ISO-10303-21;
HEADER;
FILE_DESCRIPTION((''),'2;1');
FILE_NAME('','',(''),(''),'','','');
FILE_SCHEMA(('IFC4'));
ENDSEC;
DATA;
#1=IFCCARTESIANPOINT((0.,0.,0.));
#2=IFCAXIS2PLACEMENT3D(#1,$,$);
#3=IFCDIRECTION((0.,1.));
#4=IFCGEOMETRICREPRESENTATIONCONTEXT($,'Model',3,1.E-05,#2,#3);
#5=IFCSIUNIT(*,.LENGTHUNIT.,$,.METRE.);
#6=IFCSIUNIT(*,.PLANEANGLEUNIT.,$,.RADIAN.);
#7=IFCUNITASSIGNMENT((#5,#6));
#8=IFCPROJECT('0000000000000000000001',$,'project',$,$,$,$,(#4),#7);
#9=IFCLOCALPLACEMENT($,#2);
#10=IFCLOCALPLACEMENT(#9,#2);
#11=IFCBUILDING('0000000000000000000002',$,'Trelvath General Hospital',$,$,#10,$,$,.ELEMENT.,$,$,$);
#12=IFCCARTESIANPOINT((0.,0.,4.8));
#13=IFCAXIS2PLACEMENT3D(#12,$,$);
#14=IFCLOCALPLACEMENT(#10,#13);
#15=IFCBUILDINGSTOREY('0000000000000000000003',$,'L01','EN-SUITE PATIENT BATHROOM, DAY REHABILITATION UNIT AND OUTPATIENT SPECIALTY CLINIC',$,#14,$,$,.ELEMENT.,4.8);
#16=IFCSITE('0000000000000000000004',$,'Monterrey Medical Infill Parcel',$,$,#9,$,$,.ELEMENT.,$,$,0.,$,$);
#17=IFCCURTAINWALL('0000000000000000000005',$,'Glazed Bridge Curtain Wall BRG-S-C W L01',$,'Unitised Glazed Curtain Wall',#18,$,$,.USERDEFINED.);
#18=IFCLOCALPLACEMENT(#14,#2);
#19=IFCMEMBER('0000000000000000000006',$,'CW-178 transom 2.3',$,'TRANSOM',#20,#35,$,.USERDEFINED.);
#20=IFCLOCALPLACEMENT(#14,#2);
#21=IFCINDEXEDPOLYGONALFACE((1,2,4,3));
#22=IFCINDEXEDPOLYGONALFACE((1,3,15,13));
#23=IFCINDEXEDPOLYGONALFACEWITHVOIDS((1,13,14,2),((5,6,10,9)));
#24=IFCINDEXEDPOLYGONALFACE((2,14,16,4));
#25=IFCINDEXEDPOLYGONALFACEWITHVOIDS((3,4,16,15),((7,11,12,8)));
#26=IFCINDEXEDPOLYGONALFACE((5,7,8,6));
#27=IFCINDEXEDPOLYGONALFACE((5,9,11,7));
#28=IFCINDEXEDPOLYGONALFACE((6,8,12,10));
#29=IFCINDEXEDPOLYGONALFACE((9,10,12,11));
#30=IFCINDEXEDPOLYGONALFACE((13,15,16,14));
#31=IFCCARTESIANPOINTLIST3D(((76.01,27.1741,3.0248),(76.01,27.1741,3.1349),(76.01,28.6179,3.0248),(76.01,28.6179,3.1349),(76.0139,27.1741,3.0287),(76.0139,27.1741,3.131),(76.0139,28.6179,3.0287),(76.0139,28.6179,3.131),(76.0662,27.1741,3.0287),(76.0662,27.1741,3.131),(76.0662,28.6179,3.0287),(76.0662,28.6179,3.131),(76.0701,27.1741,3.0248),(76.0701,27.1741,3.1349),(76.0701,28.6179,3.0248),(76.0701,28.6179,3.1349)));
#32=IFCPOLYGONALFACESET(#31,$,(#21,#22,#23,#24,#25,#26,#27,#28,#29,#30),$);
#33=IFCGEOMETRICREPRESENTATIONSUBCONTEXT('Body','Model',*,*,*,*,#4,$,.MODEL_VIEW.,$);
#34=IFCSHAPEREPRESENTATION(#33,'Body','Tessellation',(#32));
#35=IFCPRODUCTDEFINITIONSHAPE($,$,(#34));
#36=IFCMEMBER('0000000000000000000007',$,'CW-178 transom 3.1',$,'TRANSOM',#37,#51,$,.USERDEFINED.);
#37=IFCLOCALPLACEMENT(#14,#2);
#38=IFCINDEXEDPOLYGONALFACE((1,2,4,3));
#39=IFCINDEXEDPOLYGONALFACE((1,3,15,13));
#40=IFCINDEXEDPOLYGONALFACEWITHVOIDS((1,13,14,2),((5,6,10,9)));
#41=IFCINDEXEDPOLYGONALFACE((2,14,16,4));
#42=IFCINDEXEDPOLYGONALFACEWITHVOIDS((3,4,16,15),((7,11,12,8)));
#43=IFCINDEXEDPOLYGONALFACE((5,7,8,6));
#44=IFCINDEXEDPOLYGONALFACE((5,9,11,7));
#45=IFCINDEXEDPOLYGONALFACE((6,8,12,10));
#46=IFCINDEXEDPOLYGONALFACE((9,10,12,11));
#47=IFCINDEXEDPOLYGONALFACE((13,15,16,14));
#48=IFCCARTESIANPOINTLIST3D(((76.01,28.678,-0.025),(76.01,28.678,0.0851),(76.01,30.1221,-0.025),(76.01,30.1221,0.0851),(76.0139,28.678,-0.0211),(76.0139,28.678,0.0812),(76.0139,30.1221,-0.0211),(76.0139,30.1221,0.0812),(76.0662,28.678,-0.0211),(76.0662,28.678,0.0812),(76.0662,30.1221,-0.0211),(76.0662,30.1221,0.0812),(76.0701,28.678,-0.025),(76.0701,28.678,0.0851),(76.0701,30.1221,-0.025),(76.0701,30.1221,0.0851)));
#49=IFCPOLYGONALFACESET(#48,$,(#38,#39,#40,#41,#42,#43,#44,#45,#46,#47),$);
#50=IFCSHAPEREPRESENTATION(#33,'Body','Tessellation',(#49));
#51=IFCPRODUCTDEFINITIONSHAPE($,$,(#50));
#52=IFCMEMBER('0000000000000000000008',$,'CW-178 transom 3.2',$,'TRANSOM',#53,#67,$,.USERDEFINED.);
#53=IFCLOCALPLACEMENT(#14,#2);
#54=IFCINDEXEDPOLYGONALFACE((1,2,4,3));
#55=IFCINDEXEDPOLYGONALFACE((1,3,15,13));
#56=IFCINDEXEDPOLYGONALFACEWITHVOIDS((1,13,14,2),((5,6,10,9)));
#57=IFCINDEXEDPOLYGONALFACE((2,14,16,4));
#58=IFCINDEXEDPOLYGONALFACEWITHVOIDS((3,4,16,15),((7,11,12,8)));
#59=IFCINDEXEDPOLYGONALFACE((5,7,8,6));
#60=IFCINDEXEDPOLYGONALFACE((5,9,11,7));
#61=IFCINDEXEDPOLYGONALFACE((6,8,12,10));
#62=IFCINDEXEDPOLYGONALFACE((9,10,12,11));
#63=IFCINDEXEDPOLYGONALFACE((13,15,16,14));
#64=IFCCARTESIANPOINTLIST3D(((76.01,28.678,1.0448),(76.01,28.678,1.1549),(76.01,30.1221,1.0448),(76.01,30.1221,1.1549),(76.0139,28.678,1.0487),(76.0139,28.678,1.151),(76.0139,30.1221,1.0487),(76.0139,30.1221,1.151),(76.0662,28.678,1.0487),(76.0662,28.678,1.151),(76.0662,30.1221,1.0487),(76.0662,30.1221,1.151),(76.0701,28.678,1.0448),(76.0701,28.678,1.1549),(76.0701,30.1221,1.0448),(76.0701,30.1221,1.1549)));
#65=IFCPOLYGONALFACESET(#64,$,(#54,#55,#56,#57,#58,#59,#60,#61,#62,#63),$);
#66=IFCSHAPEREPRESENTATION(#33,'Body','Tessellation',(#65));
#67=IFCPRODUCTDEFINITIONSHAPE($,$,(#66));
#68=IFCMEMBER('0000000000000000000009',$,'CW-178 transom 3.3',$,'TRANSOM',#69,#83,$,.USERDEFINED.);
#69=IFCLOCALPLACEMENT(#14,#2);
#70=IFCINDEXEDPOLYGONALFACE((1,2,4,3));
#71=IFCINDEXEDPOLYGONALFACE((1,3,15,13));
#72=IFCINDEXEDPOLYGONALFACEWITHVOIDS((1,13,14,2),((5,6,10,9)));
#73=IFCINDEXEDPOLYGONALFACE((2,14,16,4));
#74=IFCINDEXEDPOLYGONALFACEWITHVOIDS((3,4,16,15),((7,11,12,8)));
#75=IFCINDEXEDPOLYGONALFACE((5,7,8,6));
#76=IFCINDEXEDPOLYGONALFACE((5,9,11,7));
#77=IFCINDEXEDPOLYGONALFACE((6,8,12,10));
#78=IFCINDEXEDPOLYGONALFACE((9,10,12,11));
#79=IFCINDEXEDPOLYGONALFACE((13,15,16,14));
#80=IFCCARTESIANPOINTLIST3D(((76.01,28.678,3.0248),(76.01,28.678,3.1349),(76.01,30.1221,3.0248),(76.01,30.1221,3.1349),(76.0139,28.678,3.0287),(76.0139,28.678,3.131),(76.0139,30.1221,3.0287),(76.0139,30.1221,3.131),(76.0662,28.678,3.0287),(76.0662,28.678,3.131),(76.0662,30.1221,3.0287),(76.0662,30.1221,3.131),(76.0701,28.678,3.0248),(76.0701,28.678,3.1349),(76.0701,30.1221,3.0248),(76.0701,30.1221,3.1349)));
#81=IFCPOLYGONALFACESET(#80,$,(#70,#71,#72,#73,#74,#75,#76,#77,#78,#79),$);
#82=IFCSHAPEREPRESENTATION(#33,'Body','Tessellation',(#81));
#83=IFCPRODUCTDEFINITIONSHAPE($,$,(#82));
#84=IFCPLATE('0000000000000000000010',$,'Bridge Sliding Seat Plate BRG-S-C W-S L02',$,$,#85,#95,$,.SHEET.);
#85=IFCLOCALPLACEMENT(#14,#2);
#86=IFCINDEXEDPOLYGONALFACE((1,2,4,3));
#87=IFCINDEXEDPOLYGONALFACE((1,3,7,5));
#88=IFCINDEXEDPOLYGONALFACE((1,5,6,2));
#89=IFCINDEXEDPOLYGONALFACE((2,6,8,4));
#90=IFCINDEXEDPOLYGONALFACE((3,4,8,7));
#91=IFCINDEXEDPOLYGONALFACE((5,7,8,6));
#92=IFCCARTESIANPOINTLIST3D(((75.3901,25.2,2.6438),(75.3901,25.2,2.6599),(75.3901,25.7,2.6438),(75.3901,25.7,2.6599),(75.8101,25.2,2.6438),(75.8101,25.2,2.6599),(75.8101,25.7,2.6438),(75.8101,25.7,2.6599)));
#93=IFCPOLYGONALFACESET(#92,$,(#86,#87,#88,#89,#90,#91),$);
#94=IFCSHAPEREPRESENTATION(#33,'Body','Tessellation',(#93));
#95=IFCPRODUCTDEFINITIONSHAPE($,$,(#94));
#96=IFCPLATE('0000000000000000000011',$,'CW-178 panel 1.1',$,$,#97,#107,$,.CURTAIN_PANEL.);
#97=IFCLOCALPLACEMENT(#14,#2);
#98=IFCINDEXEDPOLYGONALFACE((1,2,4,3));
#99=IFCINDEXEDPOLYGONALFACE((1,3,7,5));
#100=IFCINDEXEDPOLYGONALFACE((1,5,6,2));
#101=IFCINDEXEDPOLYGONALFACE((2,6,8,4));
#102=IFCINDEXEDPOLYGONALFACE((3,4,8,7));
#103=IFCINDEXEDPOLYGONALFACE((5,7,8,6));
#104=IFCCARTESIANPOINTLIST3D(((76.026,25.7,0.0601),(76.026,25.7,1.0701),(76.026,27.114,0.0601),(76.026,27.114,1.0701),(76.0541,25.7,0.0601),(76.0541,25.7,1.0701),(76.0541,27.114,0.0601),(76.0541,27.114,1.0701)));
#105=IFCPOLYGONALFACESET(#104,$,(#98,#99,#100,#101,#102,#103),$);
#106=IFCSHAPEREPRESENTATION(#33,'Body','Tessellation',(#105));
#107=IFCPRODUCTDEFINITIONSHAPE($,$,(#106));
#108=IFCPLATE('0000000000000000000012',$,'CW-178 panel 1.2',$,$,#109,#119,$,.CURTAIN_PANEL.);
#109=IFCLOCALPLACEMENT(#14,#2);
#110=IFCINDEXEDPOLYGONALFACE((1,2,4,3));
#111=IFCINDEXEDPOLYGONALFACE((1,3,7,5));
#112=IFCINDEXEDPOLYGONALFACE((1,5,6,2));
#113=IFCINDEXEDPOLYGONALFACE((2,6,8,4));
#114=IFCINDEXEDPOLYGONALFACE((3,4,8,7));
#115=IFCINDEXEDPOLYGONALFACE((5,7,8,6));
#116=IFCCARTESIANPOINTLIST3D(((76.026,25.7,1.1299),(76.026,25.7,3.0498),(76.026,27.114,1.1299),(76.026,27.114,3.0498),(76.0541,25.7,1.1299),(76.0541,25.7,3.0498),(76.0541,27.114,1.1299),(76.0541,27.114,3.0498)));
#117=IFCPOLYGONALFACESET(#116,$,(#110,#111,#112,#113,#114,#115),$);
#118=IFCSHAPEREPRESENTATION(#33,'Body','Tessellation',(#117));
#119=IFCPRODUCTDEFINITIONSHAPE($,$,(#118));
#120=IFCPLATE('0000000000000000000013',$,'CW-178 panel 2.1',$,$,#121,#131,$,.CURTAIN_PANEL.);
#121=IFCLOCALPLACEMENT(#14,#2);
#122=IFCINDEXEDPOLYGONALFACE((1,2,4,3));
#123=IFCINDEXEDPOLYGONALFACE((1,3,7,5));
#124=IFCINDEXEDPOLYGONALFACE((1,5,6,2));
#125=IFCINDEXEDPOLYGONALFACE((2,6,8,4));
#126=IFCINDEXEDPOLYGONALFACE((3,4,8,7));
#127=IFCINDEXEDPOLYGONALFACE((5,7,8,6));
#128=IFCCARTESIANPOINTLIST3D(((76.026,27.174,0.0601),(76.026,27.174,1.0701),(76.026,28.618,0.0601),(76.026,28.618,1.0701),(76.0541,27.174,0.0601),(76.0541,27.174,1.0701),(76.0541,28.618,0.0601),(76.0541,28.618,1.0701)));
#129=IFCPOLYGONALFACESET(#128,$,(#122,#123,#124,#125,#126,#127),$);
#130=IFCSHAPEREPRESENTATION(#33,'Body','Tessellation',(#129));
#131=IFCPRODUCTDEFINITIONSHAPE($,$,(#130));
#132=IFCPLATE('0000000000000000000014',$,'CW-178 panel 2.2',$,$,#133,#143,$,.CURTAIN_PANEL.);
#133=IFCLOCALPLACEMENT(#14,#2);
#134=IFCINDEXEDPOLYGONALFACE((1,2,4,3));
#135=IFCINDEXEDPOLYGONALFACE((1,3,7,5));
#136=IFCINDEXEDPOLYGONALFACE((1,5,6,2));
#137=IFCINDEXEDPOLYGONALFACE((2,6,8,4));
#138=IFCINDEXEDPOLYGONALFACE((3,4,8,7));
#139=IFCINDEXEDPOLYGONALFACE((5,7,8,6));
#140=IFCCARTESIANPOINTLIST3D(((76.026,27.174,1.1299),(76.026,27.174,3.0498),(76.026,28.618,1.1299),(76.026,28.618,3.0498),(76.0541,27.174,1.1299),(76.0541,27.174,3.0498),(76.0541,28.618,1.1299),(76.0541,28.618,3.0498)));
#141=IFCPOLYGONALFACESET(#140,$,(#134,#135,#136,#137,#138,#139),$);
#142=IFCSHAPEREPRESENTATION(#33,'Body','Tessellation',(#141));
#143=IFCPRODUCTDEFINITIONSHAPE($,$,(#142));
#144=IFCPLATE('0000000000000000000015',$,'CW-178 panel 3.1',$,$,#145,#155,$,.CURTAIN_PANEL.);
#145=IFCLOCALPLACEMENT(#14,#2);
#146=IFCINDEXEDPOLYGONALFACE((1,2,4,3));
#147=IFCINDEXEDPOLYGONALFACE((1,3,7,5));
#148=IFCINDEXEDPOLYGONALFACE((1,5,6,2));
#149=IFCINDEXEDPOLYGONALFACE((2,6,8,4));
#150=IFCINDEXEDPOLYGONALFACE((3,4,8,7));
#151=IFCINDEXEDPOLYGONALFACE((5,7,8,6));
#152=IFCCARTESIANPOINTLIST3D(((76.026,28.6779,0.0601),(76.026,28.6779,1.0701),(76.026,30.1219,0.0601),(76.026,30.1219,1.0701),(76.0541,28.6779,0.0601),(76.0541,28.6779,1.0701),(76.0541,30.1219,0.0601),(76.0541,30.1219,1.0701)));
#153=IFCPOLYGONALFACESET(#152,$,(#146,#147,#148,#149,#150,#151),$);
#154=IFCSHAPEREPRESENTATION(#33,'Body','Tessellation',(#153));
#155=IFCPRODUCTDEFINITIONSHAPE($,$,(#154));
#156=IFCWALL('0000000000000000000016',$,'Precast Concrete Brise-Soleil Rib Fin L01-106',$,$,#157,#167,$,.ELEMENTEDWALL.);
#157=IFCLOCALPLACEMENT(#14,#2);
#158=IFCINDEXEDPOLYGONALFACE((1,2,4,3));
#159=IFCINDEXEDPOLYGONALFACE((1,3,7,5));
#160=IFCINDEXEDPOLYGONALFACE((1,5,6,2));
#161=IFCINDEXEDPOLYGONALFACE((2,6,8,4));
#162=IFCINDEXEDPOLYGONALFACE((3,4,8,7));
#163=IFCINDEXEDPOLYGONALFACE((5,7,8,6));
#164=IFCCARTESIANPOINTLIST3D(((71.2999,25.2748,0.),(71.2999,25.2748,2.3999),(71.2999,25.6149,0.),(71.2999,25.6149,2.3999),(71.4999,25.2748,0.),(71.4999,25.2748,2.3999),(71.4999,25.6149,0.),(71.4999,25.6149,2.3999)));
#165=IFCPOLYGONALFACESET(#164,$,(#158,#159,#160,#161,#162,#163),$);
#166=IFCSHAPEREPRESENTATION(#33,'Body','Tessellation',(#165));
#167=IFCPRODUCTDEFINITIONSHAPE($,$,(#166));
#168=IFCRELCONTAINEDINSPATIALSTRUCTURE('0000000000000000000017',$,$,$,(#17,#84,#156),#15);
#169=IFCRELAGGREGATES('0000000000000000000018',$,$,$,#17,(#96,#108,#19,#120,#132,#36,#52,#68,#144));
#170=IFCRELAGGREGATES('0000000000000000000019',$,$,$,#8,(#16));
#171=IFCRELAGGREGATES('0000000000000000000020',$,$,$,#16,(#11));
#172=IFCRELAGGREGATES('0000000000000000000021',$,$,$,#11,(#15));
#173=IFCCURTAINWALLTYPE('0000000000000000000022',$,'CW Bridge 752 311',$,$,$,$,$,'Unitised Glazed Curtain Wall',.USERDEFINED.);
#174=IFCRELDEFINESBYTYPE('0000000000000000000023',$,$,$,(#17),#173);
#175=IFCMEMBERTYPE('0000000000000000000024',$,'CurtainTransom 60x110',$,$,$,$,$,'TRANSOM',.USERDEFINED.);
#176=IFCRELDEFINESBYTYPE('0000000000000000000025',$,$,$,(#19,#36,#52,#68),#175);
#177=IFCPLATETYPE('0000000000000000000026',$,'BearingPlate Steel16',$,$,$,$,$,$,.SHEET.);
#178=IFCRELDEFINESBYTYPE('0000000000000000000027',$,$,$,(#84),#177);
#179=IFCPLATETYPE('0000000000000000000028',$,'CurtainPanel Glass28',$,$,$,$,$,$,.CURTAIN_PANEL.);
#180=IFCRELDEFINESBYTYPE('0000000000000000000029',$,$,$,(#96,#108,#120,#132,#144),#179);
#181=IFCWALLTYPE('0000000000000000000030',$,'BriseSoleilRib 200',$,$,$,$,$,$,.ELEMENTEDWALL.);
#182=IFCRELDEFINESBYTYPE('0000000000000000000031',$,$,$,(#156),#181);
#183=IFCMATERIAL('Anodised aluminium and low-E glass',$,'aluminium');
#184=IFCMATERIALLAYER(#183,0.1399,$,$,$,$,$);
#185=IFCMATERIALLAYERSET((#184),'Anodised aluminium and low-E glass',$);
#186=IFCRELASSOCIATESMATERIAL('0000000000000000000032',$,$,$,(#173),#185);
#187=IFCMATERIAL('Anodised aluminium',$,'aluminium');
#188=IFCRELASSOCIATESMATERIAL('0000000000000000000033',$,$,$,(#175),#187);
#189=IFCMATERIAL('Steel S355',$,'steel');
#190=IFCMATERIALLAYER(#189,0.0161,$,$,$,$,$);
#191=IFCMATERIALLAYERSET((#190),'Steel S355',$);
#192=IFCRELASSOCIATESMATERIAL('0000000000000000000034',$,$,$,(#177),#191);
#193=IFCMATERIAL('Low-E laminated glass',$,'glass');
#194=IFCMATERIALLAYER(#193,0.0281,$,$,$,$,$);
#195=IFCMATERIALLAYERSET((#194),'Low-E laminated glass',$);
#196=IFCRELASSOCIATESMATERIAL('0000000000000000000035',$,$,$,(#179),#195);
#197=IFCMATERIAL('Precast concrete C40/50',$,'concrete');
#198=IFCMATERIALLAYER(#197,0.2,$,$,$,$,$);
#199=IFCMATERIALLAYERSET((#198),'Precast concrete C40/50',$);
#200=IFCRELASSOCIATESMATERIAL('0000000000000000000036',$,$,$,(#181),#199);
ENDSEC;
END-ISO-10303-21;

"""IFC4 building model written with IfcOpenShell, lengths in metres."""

from ifc_helpers import new_model, si_unit, direction, frame, frame_2d, origin, origin_2d, place, context, subcontext, project, spatial, rectangle, hollow_rectangle, extrude, material, layer, layer_set, material_profile, profile_set, type_object, element, aggregate, save


model = new_model("IFC4")

# Units and contexts
model_context = context("Model", 3, precision=1e-05, world=origin(), true_north=direction((0.0, 1.0)))
body_context = subcontext(model_context, "Body", "Model", "MODEL_VIEW")
ifc_project = project(units=[si_unit("LENGTHUNIT", "METRE"), si_unit("PLANEANGLEUNIT", "RADIAN")], contexts=[model_context])

# Site, building, storey
site_placement = place(None, origin())
site = spatial("IfcSite", under=ifc_project, at=site_placement, Name="Monterrey Medical Infill Parcel", CompositionType="ELEMENT", RefElevation=0.0)
building_placement = place(site_placement, origin())
building = spatial("IfcBuilding", under=site, at=building_placement, Name="Trelvath General Hospital", CompositionType="ELEMENT")
storey_placement = place(building_placement, frame((0.0, 0.0, 4.8)))
storey = spatial("IfcBuildingStorey", under=building, at=storey_placement, Name="L01", Description="EN-SUITE PATIENT BATHROOM, DAY REHABILITATION UNIT AND OUTPATIENT SPECIALTY CLINIC", CompositionType="ELEMENT", Elevation=4.8)

# Curtain wall, members
ifc_material_1 = material(Name="Anodised aluminium and low-E glass", Category="aluminium")
ifc_layer_1 = layer(ifc_material_1, 0.1399)
ifc_layer_set_1 = layer_set([ifc_layer_1], Name="Anodised aluminium and low-E glass")
curtain_wall_type = type_object("IfcCurtainWallType", Name="CW Bridge 752 311", ElementType="Unitised Glazed Curtain Wall", PredefinedType="USERDEFINED", material=ifc_layer_set_1)
curtain_wall_placement = place(storey_placement, origin())
curtain_wall = element("IfcCurtainWall", 1, at=curtain_wall_placement, inside=storey, type_object=curtain_wall_type, Name="Glazed Bridge Curtain Wall BRG-S-C W L01", ObjectType="Unitised Glazed Curtain Wall", PredefinedType="USERDEFINED")
ifc_material_2 = material(Name="Anodised aluminium", Category="aluminium")
ifc_material_profile_1 = material_profile(ifc_material_2, hollow_rectangle(XDim=0.0601, YDim=0.1101, WallThickness=0.0039, at=origin_2d()), Name="RHS60x110x4")
ifc_profile_set_1 = profile_set([ifc_material_profile_1], Name="Anodised aluminium")
member_type_1 = type_object("IfcMemberType", Name="CurtainTransom 60x110", ElementType="TRANSOM", PredefinedType="USERDEFINED", material=ifc_profile_set_1)
member_1_placement = place(storey_placement, frame((76.04, 27.1741, 3.0798), z_axis=(0.0, 1.0, 0.0), x_axis=(-1.0, 0.0, 0.0)))
member_1 = element("IfcMember", 2, at=member_1_placement, type_object=member_type_1, Name="CW-178 transom 2.3", ObjectType="TRANSOM", PredefinedType="USERDEFINED", context=body_context, shape_type="SweptSolid", body=[
    extrude(hollow_rectangle(XDim=0.0601, YDim=0.1101, WallThickness=0.0039, at=origin_2d()), origin(), (0.0, 0.0, 1.0), 1.4438),
])
member_2_placement = place(storey_placement, frame((76.04, 28.678, 0.03), z_axis=(0.0, 1.0, 0.0), x_axis=(-1.0, 0.0, 0.0)))
member_2 = element("IfcMember", 3, at=member_2_placement, type_object=member_type_1, Name="CW-178 transom 3.1", ObjectType="TRANSOM", PredefinedType="USERDEFINED", context=body_context, shape_type="SweptSolid", body=[
    extrude(hollow_rectangle(XDim=0.0601, YDim=0.1101, WallThickness=0.0039, at=origin_2d()), origin(), (0.0, 0.0, 1.0), 1.4441),
])
member_3_placement = place(storey_placement, frame((76.04, 28.678, 1.0999), z_axis=(0.0, 1.0, 0.0), x_axis=(-1.0, 0.0, 0.0)))
member_3 = element("IfcMember", 4, at=member_3_placement, type_object=member_type_1, Name="CW-178 transom 3.2", ObjectType="TRANSOM", PredefinedType="USERDEFINED", context=body_context, shape_type="SweptSolid", body=[
    extrude(hollow_rectangle(XDim=0.0601, YDim=0.1101, WallThickness=0.0039, at=origin_2d()), origin(), (0.0, 0.0, 1.0), 1.4441),
])
member_4_placement = place(storey_placement, frame((76.04, 28.678, 3.0798), z_axis=(0.0, 1.0, 0.0), x_axis=(-1.0, 0.0, 0.0)))
member_4 = element("IfcMember", 5, at=member_4_placement, type_object=member_type_1, Name="CW-178 transom 3.3", ObjectType="TRANSOM", PredefinedType="USERDEFINED", context=body_context, shape_type="SweptSolid", body=[
    extrude(hollow_rectangle(XDim=0.0601, YDim=0.1101, WallThickness=0.0039, at=origin_2d()), origin(), (0.0, 0.0, 1.0), 1.4441),
])

# Plates
ifc_material_3 = material(Name="Steel S355", Category="steel")
ifc_layer_2 = layer(ifc_material_3, 0.0161)
ifc_layer_set_2 = layer_set([ifc_layer_2], Name="Steel S355")
plate_type_1 = type_object("IfcPlateType", Name="BearingPlate Steel16", PredefinedType="SHEET", material=ifc_layer_set_2)
plate_1_placement = place(storey_placement, frame((75.6001, 25.45, 2.6438), z_axis=(0.0, 0.0, 1.0), x_axis=(1.0, 0.0, 0.0)))
element("IfcPlate", 6, at=plate_1_placement, inside=storey, type_object=plate_type_1, Name="Bridge Sliding Seat Plate BRG-S-C W-S L02", PredefinedType="SHEET", context=body_context, shape_type="SweptSolid", body=[
    extrude(rectangle(XDim=0.4199, YDim=0.5, at=origin_2d()), origin(), (0.0, 0.0, 1.0), 0.0161),
])
ifc_material_4 = material(Name="Low-E laminated glass", Category="glass")
ifc_layer_3 = layer(ifc_material_4, 0.0281)
ifc_layer_set_3 = layer_set([ifc_layer_3], Name="Low-E laminated glass")
plate_type_2 = type_object("IfcPlateType", Name="CurtainPanel Glass28", PredefinedType="CURTAIN_PANEL", material=ifc_layer_set_3)
plate_2_placement = place(storey_placement, frame((76.04, 26.407, 0.0601), z_axis=(0.0, 0.0, 1.0), x_axis=(0.0, 1.0, 0.0)))
plate_2 = element("IfcPlate", 7, at=plate_2_placement, type_object=plate_type_2, Name="CW-178 panel 1.1", PredefinedType="CURTAIN_PANEL", context=body_context, shape_type="SweptSolid", body=[
    extrude(rectangle(XDim=1.4141, YDim=0.0281, at=origin_2d()), origin(), (0.0, 0.0, 1.0), 1.01),
])
plate_3_placement = place(storey_placement, frame((76.04, 26.407, 1.1299), z_axis=(0.0, 0.0, 1.0), x_axis=(0.0, 1.0, 0.0)))
plate_3 = element("IfcPlate", 8, at=plate_3_placement, type_object=plate_type_2, Name="CW-178 panel 1.2", PredefinedType="CURTAIN_PANEL", context=body_context, shape_type="SweptSolid", body=[
    extrude(rectangle(XDim=1.4141, YDim=0.0281, at=origin_2d()), origin(), (0.0, 0.0, 1.0), 1.9199),
])
plate_4_placement = place(storey_placement, frame((76.04, 27.896, 0.0601), z_axis=(0.0, 0.0, 1.0), x_axis=(0.0, 1.0, 0.0)))
plate_4 = element("IfcPlate", 9, at=plate_4_placement, type_object=plate_type_2, Name="CW-178 panel 2.1", PredefinedType="CURTAIN_PANEL", context=body_context, shape_type="SweptSolid", body=[
    extrude(rectangle(XDim=1.4441, YDim=0.0281, at=origin_2d()), origin(), (0.0, 0.0, 1.0), 1.01),
])
plate_5_placement = place(storey_placement, frame((76.04, 27.896, 1.1299), z_axis=(0.0, 0.0, 1.0), x_axis=(0.0, 1.0, 0.0)))
plate_5 = element("IfcPlate", 10, at=plate_5_placement, type_object=plate_type_2, Name="CW-178 panel 2.2", PredefinedType="CURTAIN_PANEL", context=body_context, shape_type="SweptSolid", body=[
    extrude(rectangle(XDim=1.4441, YDim=0.0281, at=origin_2d()), origin(), (0.0, 0.0, 1.0), 1.9199),
])
plate_6_placement = place(storey_placement, frame((76.04, 29.3999, 0.0601), z_axis=(0.0, 0.0, 1.0), x_axis=(0.0, 1.0, 0.0)))
plate_6 = element("IfcPlate", 11, at=plate_6_placement, type_object=plate_type_2, Name="CW-178 panel 3.1", PredefinedType="CURTAIN_PANEL", context=body_context, shape_type="SweptSolid", body=[
    extrude(rectangle(XDim=1.4441, YDim=0.0281, at=origin_2d()), origin(), (0.0, 0.0, 1.0), 1.01),
])
aggregate(curtain_wall, [plate_2, plate_3, member_1, plate_4, plate_5, member_2, member_3, member_4, plate_6])

# Wall
ifc_material_5 = material(Name="Precast concrete C40/50", Category="concrete")
ifc_layer_4 = layer(ifc_material_5, 0.2)
ifc_layer_set_4 = layer_set([ifc_layer_4], Name="Precast concrete C40/50")
wall_type_1 = type_object("IfcWallType", Name="BriseSoleilRib 200", PredefinedType="ELEMENTEDWALL", material=ifc_layer_set_4)
wall_1_placement = place(storey_placement, frame((71.3999, 25.2749, 0.0), z_axis=(0.0, 0.0, 1.0), x_axis=(0.0, 1.0, 0.0)))
element("IfcWall", 12, at=wall_1_placement, inside=storey, type_object=wall_type_1, Name="Precast Concrete Brise-Soleil Rib Fin L01-106", PredefinedType="ELEMENTEDWALL", context=body_context, shape_type="SweptSolid", body=[
    extrude(rectangle(XDim=0.3401, YDim=0.2, at=frame_2d((0.1699, 0.0))), origin(), (0.0, 0.0, 1.0), 2.3999),
])

save(model, "model.ifc")
